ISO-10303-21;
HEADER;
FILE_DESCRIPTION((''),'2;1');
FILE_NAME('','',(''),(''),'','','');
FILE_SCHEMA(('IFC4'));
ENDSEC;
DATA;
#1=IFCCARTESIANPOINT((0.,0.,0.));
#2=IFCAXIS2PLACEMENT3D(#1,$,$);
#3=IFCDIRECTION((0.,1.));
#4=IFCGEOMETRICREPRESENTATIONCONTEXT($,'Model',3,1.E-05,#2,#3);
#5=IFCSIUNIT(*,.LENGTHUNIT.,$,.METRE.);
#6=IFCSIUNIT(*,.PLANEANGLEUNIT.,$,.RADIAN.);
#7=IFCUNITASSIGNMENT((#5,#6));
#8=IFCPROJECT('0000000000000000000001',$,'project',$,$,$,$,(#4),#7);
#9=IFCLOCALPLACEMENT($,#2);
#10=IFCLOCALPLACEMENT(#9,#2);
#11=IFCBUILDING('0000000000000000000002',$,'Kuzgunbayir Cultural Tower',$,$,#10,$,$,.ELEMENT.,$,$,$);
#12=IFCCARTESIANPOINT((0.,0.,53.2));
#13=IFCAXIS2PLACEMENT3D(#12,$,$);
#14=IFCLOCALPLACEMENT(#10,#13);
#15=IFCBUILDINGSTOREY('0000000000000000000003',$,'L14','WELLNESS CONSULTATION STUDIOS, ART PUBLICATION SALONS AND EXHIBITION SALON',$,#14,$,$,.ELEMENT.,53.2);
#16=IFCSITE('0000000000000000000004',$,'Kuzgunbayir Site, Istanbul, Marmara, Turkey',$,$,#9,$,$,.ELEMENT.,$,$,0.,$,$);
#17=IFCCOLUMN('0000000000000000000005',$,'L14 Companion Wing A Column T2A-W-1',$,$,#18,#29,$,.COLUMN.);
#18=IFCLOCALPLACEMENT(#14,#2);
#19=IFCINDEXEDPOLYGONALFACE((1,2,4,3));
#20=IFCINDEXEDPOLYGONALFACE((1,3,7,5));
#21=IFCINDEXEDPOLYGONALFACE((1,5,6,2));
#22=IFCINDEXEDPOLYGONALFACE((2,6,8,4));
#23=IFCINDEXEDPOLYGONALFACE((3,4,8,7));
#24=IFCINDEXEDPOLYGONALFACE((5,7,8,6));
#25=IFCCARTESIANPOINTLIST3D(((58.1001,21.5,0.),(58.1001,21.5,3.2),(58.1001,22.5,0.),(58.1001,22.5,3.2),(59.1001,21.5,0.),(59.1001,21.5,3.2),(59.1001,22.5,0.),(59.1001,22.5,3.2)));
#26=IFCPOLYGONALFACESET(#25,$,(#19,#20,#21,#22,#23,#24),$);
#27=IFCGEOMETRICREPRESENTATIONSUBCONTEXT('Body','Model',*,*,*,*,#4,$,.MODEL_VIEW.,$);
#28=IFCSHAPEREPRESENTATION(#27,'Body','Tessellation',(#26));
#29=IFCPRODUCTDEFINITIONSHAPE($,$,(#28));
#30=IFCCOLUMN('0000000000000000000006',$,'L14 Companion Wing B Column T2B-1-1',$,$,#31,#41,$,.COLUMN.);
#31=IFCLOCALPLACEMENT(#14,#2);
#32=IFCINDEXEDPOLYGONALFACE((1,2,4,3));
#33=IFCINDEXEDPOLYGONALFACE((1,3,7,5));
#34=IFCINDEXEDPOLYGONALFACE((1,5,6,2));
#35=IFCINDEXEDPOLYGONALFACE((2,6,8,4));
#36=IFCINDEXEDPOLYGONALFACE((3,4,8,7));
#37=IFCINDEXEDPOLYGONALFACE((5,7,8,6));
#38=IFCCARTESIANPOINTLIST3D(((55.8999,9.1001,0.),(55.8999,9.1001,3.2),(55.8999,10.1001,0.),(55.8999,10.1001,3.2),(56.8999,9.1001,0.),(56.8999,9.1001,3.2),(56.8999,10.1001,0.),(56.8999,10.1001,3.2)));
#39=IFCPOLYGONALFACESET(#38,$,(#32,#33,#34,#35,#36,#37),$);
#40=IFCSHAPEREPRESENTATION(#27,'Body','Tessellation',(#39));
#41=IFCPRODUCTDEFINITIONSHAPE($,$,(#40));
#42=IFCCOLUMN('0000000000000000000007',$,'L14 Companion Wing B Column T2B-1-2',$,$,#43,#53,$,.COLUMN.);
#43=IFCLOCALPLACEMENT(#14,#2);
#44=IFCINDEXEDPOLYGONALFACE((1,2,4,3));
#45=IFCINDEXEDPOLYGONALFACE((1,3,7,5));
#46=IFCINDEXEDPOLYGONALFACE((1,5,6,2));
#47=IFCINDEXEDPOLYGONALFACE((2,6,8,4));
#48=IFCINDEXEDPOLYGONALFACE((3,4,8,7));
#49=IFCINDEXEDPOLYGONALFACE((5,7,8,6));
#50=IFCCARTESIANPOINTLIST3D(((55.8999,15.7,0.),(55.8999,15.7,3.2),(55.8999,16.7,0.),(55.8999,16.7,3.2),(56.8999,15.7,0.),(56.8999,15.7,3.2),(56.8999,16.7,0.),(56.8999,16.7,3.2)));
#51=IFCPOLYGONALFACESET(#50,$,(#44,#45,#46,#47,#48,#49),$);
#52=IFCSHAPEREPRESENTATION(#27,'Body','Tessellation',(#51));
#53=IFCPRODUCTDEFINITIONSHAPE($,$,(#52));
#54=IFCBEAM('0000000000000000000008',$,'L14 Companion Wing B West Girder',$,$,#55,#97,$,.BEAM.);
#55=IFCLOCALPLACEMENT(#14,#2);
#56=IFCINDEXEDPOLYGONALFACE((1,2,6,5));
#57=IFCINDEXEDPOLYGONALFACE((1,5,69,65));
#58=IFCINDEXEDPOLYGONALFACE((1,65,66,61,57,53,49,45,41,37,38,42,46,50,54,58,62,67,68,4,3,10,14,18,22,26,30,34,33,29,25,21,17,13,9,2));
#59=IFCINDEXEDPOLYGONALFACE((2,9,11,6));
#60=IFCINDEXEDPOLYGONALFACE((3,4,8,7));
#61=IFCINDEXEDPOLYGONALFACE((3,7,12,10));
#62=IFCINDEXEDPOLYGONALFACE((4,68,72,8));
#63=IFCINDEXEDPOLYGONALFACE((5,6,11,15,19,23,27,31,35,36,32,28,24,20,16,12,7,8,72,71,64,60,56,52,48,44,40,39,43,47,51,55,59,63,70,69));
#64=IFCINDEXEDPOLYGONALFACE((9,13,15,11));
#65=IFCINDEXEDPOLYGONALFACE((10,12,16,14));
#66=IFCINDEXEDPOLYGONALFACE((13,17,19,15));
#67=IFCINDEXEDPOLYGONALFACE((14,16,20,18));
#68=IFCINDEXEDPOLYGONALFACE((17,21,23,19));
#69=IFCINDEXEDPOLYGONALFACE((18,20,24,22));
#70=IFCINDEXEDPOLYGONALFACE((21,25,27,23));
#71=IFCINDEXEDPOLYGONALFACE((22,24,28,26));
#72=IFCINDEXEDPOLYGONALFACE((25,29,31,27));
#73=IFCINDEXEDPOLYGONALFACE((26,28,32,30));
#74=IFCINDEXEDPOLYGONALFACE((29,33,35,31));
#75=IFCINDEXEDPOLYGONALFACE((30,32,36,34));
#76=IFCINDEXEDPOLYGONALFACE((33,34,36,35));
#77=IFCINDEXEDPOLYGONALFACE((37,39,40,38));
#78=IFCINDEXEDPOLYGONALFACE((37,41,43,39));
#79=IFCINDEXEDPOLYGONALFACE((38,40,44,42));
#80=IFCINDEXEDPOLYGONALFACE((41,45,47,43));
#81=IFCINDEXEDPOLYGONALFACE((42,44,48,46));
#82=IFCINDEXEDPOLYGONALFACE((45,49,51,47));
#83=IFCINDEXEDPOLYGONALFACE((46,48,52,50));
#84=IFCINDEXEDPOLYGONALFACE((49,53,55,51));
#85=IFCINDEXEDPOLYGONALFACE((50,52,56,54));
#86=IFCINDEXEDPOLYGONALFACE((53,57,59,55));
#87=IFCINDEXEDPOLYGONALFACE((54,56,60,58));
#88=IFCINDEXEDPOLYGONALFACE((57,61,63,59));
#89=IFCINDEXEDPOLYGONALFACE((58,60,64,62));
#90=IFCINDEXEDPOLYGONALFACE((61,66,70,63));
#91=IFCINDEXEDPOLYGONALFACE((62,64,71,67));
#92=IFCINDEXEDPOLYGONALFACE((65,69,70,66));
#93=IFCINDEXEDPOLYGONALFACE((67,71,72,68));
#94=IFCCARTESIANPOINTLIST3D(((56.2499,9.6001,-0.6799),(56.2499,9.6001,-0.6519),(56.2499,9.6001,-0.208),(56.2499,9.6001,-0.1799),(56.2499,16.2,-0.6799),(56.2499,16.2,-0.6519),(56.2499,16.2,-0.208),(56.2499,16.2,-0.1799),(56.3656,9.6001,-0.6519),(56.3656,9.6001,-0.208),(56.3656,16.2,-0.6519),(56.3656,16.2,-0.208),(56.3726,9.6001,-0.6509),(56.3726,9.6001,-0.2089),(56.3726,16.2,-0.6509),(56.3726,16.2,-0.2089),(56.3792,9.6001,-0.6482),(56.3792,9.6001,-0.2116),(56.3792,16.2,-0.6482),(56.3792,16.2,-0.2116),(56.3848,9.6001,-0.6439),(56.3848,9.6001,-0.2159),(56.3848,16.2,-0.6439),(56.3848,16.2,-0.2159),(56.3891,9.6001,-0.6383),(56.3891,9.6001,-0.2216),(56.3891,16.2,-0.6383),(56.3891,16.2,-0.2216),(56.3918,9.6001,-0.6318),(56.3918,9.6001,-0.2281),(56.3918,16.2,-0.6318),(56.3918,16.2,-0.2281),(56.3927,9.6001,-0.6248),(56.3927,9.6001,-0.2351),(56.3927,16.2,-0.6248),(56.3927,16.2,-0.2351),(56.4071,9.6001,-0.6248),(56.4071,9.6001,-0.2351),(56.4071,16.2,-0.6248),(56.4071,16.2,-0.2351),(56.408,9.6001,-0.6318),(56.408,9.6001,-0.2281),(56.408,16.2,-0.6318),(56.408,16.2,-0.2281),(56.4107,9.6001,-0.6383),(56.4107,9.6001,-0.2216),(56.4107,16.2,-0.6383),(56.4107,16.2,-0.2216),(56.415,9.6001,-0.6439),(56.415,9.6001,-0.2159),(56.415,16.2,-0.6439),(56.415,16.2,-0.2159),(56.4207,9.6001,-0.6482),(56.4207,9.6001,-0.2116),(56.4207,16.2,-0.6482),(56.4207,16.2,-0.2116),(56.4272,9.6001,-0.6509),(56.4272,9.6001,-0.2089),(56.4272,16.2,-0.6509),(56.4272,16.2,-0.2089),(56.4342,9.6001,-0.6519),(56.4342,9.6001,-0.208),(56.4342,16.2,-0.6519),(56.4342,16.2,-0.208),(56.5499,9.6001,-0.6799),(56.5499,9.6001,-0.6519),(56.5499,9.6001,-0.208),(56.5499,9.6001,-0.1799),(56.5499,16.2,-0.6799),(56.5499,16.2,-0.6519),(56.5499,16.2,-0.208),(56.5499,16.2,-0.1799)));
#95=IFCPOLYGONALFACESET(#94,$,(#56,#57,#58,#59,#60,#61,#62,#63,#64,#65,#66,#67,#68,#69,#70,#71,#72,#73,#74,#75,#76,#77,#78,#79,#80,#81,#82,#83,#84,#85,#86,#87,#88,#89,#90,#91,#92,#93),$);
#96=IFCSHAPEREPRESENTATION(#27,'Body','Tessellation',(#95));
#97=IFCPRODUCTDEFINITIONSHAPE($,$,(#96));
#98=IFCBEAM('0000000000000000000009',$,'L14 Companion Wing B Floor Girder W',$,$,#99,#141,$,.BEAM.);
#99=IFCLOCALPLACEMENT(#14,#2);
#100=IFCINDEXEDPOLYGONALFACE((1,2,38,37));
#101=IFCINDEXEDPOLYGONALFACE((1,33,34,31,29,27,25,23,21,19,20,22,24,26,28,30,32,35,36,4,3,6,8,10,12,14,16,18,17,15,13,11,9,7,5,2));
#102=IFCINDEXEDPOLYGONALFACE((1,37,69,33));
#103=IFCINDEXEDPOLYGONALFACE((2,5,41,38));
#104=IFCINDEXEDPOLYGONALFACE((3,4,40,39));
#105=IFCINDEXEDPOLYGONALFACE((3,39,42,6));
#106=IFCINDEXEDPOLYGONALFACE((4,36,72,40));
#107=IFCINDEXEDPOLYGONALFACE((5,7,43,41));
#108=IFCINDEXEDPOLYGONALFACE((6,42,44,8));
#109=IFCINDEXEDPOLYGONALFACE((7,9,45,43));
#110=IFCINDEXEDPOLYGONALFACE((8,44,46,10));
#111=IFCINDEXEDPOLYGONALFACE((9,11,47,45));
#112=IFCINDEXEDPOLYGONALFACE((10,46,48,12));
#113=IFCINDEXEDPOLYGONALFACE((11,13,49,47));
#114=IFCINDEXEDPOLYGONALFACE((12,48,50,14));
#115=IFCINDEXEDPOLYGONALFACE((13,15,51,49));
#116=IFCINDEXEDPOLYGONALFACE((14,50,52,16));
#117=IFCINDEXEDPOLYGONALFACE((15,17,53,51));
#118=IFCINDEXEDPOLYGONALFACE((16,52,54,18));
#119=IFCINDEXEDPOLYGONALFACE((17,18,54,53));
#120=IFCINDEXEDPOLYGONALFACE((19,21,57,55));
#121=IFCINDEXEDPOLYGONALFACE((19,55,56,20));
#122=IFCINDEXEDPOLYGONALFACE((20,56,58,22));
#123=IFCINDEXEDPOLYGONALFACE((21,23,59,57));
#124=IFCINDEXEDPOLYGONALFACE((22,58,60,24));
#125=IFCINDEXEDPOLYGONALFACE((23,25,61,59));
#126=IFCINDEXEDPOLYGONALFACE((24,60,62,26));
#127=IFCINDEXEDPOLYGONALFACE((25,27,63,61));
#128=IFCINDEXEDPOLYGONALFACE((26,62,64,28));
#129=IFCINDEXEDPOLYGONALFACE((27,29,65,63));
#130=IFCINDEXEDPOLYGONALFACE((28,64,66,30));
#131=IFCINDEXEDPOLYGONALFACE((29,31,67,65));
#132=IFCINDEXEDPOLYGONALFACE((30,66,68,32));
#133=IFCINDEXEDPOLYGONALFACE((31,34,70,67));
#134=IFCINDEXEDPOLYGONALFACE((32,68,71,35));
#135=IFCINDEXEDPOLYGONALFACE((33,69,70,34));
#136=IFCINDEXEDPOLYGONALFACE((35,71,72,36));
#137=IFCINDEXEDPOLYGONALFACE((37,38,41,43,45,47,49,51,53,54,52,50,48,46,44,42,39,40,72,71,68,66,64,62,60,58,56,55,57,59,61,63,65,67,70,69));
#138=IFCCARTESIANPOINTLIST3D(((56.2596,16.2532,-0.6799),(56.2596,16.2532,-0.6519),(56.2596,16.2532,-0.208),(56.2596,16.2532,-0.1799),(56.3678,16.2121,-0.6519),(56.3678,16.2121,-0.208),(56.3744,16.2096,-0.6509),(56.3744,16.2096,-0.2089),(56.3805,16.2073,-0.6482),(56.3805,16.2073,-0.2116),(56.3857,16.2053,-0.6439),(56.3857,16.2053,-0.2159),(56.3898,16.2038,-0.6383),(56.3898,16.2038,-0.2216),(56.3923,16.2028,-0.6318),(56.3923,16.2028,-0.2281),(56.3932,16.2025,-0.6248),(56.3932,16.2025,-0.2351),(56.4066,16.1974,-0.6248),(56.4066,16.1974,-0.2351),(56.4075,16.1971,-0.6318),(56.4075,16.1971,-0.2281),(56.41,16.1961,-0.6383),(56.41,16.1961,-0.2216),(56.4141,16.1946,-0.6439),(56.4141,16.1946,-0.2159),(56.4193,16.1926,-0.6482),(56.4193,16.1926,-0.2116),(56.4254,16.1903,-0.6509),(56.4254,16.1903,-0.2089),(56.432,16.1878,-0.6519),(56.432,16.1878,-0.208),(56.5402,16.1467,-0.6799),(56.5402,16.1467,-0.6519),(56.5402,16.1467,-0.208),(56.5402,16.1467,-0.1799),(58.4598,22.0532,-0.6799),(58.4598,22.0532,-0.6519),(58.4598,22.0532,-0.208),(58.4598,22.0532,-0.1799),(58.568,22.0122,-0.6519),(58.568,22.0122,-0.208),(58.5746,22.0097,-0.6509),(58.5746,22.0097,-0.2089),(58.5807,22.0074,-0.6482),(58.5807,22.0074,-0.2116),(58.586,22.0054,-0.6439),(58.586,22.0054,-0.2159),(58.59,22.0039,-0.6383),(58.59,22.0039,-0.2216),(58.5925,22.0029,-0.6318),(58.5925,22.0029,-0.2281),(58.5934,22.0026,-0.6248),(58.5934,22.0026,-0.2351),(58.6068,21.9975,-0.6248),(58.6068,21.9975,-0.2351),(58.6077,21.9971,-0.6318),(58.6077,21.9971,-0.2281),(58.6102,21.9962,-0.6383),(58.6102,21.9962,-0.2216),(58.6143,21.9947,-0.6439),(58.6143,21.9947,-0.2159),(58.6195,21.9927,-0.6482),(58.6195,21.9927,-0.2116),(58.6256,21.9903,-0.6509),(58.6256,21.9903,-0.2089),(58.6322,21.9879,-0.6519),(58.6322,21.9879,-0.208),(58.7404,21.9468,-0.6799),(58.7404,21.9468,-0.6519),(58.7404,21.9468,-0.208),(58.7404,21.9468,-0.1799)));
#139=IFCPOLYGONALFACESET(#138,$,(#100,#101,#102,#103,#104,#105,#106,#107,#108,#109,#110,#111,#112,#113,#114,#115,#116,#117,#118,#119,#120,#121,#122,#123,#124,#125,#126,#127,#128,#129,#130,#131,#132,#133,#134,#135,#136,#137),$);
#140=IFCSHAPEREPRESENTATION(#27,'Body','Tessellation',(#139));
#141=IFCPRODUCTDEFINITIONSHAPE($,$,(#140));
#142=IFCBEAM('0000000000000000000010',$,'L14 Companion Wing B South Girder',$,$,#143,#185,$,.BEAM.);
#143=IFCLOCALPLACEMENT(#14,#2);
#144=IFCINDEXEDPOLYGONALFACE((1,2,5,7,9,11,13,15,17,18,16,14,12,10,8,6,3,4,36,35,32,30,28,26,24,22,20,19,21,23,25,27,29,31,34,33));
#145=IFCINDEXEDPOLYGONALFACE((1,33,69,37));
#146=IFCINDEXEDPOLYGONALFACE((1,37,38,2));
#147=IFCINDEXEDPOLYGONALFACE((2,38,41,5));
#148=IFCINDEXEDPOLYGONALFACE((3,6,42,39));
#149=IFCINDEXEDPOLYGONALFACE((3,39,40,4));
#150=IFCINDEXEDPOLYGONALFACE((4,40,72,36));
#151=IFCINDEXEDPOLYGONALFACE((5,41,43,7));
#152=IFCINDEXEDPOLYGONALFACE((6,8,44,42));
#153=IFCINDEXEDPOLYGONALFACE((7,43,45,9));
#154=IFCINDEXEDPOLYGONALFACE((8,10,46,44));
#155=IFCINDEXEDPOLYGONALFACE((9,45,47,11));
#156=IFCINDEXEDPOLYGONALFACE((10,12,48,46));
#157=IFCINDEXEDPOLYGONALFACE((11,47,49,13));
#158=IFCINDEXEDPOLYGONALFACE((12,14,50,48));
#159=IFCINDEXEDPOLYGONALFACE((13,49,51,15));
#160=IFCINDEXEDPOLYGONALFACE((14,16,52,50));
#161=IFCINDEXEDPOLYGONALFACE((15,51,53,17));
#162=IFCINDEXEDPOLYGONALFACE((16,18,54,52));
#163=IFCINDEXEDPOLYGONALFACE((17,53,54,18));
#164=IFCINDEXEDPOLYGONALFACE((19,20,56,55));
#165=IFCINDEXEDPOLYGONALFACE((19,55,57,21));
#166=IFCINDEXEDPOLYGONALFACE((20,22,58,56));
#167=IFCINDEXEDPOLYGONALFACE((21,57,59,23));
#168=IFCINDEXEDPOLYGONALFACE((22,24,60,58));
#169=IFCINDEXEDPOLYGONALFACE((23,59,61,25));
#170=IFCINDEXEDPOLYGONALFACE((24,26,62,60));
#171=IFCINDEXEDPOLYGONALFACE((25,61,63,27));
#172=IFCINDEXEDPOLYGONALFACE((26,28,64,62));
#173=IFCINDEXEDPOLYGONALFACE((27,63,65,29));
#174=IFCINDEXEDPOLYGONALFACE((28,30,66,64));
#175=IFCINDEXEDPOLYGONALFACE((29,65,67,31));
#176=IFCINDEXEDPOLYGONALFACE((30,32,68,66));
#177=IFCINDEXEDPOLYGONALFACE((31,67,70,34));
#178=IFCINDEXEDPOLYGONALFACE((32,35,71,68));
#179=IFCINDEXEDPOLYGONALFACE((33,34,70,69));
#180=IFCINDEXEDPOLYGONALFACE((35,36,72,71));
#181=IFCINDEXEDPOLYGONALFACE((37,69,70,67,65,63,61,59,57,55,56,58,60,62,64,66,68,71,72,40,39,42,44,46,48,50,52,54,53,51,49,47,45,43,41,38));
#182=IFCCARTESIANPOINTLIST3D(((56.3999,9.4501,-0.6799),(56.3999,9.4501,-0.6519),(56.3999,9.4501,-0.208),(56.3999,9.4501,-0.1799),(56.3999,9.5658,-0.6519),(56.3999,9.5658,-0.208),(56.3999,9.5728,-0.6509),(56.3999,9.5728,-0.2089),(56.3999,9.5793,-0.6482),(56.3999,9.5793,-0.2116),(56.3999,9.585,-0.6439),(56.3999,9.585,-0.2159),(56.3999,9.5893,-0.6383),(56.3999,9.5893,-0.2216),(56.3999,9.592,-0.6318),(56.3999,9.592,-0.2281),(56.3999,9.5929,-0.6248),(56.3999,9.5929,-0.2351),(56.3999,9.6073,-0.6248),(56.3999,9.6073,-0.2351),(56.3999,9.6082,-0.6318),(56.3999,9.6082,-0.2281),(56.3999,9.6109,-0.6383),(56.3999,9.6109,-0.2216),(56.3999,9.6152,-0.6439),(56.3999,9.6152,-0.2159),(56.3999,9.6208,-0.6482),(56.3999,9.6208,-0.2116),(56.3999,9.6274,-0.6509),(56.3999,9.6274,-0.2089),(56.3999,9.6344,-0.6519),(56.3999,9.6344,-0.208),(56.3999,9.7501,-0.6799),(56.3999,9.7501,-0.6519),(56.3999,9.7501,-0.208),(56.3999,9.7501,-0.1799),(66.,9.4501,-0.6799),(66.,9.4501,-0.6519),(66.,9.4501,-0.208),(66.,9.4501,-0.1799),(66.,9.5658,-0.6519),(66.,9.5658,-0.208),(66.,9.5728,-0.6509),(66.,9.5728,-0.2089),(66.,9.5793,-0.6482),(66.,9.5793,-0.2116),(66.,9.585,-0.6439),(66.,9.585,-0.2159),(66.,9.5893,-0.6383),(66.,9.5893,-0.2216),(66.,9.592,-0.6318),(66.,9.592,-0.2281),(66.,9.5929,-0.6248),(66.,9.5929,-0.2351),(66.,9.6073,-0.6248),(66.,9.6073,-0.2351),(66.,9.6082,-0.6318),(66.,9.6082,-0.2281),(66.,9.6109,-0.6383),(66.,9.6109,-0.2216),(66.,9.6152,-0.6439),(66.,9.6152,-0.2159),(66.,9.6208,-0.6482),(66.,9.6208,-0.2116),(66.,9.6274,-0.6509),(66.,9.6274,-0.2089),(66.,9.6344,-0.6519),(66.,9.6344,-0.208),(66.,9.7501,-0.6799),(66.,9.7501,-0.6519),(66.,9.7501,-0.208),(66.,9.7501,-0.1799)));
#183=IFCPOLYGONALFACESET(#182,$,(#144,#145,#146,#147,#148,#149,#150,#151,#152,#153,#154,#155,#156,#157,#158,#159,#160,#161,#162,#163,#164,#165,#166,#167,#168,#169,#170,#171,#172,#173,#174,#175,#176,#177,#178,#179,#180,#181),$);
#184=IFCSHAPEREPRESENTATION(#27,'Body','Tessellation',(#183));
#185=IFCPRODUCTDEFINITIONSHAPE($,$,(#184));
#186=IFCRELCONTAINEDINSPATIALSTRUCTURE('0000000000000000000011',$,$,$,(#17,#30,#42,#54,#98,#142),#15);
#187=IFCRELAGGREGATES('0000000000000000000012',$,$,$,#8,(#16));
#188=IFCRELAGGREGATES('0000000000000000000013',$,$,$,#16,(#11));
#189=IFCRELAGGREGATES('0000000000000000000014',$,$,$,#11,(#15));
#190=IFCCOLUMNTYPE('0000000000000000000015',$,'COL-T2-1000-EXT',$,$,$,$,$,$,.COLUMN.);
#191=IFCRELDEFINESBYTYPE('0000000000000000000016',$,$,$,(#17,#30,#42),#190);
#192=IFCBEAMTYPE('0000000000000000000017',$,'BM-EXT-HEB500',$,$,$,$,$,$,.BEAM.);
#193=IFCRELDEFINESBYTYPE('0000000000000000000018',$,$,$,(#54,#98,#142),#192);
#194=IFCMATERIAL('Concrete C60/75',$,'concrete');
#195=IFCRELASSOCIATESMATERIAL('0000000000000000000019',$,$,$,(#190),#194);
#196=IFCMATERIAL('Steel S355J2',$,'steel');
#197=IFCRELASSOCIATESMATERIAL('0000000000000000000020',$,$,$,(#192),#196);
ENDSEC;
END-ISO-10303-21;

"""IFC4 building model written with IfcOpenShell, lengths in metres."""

from ifc_helpers import new_model, si_unit, direction, frame, origin, origin_2d, place, context, subcontext, project, spatial, rectangle, i_section, extrude, material, material_profile, profile_set, type_object, element, save


model = new_model("IFC4")

# Units and contexts
model_context = context("Model", 3, precision=1e-05, world=origin(), true_north=direction((0.0, 1.0)))
body_context = subcontext(model_context, "Body", "Model", "MODEL_VIEW")
ifc_project = project(units=[si_unit("LENGTHUNIT", "METRE"), si_unit("PLANEANGLEUNIT", "RADIAN")], contexts=[model_context])

# Site, building, storey
site_placement = place(None, origin())
site = spatial("IfcSite", under=ifc_project, at=site_placement, Name="Kuzgunbayir Site, Istanbul, Marmara, Turkey", CompositionType="ELEMENT", RefElevation=0.0)
building_placement = place(site_placement, origin())
building = spatial("IfcBuilding", under=site, at=building_placement, Name="Kuzgunbayir Cultural Tower", CompositionType="ELEMENT")
storey_placement = place(building_placement, frame((0.0, 0.0, 53.2)))
storey = spatial("IfcBuildingStorey", under=building, at=storey_placement, Name="L14", Description="WELLNESS CONSULTATION STUDIOS, ART PUBLICATION SALONS AND EXHIBITION SALON", CompositionType="ELEMENT", Elevation=53.2)

# Columns
ifc_material_1 = material(Name="Concrete C60/75", Category="concrete")
ifc_material_profile_1 = material_profile(ifc_material_1, rectangle(XDim=1.0, YDim=1.0, at=origin_2d()), Name="RC 1000x1000")
ifc_profile_set_1 = profile_set([ifc_material_profile_1], Name="Concrete C60/75")
column_type = type_object("IfcColumnType", Name="COL-T2-1000-EXT", PredefinedType="COLUMN", material=ifc_profile_set_1)
for number, where, z_axis, x_axis, name in (
    (1, (58.6001, 22.0, 0.0), (0.0, 0.0, 1.0), (1.0, 0.0, 0.0), "L14 Companion Wing A Column T2A-W-1"),
    (2, (56.3999, 9.6001, 0.0), (0.0, 0.0, 1.0), (1.0, 0.0, 0.0), "L14 Companion Wing B Column T2B-1-1"),
    (3, (56.3999, 16.2, 0.0), (0.0, 0.0, 1.0), (1.0, 0.0, 0.0), "L14 Companion Wing B Column T2B-1-2"),
):
    element("IfcColumn", number, at=place(storey_placement, frame(where, z_axis=z_axis, x_axis=x_axis)), inside=storey, type_object=column_type, Name=name, PredefinedType="COLUMN", context=body_context, shape_type="SweptSolid", body=[
        extrude(rectangle(XDim=1.0, YDim=1.0, at=origin_2d()), origin(), (0.0, 0.0, 1.0), 3.2),
    ])

# Beams
ifc_material_2 = material(Name="Steel S355J2", Category="steel")
ifc_material_profile_2 = material_profile(ifc_material_2, i_section(OverallWidth=0.3, OverallDepth=0.5, WebThickness=0.0144, FlangeThickness=0.0281, FilletRadius=0.0271, at=origin_2d()), Name="HEB 500")
ifc_profile_set_2 = profile_set([ifc_material_profile_2], Name="Steel S355J2")
beam_type_1 = type_object("IfcBeamType", Name="BM-EXT-HEB500", PredefinedType="BEAM", material=ifc_profile_set_2)
beam_1_placement = place(storey_placement, frame((56.3999, 9.6001, -0.4299), z_axis=(0.0, 1.0, 0.0), x_axis=(-1.0, 0.0, 0.0)))
element("IfcBeam", 4, at=beam_1_placement, inside=storey, type_object=beam_type_1, Name="L14 Companion Wing B West Girder", PredefinedType="BEAM", context=body_context, shape_type="SweptSolid", body=[
    extrude(i_section(OverallWidth=0.3, OverallDepth=0.5, WebThickness=0.0144, FlangeThickness=0.0281, FilletRadius=0.0271, at=origin_2d()), origin(), (0.0, 0.0, 1.0), 6.5999),
])
beam_2_placement = place(storey_placement, frame((56.3999, 16.2, -0.4299), z_axis=(0.354679, 0.934988, 0.0), x_axis=(-0.934988, 0.354679, 0.0)))
element("IfcBeam", 5, at=beam_2_placement, inside=storey, type_object=beam_type_1, Name="L14 Companion Wing B Floor Girder W", PredefinedType="BEAM", context=body_context, shape_type="SweptSolid", body=[
    extrude(i_section(OverallWidth=0.3, OverallDepth=0.5, WebThickness=0.0144, FlangeThickness=0.0281, FilletRadius=0.0271, at=origin_2d()), origin(), (0.0, 0.0, 1.0), 6.2034),
])
beam_3_placement = place(storey_placement, frame((56.3999, 9.6001, -0.4299), z_axis=(1.0, 0.0, 0.0), x_axis=(0.0, 1.0, 0.0)))
element("IfcBeam", 6, at=beam_3_placement, inside=storey, type_object=beam_type_1, Name="L14 Companion Wing B South Girder", PredefinedType="BEAM", context=body_context, shape_type="SweptSolid", body=[
    extrude(i_section(OverallWidth=0.3, OverallDepth=0.5, WebThickness=0.0144, FlangeThickness=0.0281, FilletRadius=0.0271, at=origin_2d()), origin(), (0.0, 0.0, 1.0), 9.6001),
])

save(model, "model.ifc")
